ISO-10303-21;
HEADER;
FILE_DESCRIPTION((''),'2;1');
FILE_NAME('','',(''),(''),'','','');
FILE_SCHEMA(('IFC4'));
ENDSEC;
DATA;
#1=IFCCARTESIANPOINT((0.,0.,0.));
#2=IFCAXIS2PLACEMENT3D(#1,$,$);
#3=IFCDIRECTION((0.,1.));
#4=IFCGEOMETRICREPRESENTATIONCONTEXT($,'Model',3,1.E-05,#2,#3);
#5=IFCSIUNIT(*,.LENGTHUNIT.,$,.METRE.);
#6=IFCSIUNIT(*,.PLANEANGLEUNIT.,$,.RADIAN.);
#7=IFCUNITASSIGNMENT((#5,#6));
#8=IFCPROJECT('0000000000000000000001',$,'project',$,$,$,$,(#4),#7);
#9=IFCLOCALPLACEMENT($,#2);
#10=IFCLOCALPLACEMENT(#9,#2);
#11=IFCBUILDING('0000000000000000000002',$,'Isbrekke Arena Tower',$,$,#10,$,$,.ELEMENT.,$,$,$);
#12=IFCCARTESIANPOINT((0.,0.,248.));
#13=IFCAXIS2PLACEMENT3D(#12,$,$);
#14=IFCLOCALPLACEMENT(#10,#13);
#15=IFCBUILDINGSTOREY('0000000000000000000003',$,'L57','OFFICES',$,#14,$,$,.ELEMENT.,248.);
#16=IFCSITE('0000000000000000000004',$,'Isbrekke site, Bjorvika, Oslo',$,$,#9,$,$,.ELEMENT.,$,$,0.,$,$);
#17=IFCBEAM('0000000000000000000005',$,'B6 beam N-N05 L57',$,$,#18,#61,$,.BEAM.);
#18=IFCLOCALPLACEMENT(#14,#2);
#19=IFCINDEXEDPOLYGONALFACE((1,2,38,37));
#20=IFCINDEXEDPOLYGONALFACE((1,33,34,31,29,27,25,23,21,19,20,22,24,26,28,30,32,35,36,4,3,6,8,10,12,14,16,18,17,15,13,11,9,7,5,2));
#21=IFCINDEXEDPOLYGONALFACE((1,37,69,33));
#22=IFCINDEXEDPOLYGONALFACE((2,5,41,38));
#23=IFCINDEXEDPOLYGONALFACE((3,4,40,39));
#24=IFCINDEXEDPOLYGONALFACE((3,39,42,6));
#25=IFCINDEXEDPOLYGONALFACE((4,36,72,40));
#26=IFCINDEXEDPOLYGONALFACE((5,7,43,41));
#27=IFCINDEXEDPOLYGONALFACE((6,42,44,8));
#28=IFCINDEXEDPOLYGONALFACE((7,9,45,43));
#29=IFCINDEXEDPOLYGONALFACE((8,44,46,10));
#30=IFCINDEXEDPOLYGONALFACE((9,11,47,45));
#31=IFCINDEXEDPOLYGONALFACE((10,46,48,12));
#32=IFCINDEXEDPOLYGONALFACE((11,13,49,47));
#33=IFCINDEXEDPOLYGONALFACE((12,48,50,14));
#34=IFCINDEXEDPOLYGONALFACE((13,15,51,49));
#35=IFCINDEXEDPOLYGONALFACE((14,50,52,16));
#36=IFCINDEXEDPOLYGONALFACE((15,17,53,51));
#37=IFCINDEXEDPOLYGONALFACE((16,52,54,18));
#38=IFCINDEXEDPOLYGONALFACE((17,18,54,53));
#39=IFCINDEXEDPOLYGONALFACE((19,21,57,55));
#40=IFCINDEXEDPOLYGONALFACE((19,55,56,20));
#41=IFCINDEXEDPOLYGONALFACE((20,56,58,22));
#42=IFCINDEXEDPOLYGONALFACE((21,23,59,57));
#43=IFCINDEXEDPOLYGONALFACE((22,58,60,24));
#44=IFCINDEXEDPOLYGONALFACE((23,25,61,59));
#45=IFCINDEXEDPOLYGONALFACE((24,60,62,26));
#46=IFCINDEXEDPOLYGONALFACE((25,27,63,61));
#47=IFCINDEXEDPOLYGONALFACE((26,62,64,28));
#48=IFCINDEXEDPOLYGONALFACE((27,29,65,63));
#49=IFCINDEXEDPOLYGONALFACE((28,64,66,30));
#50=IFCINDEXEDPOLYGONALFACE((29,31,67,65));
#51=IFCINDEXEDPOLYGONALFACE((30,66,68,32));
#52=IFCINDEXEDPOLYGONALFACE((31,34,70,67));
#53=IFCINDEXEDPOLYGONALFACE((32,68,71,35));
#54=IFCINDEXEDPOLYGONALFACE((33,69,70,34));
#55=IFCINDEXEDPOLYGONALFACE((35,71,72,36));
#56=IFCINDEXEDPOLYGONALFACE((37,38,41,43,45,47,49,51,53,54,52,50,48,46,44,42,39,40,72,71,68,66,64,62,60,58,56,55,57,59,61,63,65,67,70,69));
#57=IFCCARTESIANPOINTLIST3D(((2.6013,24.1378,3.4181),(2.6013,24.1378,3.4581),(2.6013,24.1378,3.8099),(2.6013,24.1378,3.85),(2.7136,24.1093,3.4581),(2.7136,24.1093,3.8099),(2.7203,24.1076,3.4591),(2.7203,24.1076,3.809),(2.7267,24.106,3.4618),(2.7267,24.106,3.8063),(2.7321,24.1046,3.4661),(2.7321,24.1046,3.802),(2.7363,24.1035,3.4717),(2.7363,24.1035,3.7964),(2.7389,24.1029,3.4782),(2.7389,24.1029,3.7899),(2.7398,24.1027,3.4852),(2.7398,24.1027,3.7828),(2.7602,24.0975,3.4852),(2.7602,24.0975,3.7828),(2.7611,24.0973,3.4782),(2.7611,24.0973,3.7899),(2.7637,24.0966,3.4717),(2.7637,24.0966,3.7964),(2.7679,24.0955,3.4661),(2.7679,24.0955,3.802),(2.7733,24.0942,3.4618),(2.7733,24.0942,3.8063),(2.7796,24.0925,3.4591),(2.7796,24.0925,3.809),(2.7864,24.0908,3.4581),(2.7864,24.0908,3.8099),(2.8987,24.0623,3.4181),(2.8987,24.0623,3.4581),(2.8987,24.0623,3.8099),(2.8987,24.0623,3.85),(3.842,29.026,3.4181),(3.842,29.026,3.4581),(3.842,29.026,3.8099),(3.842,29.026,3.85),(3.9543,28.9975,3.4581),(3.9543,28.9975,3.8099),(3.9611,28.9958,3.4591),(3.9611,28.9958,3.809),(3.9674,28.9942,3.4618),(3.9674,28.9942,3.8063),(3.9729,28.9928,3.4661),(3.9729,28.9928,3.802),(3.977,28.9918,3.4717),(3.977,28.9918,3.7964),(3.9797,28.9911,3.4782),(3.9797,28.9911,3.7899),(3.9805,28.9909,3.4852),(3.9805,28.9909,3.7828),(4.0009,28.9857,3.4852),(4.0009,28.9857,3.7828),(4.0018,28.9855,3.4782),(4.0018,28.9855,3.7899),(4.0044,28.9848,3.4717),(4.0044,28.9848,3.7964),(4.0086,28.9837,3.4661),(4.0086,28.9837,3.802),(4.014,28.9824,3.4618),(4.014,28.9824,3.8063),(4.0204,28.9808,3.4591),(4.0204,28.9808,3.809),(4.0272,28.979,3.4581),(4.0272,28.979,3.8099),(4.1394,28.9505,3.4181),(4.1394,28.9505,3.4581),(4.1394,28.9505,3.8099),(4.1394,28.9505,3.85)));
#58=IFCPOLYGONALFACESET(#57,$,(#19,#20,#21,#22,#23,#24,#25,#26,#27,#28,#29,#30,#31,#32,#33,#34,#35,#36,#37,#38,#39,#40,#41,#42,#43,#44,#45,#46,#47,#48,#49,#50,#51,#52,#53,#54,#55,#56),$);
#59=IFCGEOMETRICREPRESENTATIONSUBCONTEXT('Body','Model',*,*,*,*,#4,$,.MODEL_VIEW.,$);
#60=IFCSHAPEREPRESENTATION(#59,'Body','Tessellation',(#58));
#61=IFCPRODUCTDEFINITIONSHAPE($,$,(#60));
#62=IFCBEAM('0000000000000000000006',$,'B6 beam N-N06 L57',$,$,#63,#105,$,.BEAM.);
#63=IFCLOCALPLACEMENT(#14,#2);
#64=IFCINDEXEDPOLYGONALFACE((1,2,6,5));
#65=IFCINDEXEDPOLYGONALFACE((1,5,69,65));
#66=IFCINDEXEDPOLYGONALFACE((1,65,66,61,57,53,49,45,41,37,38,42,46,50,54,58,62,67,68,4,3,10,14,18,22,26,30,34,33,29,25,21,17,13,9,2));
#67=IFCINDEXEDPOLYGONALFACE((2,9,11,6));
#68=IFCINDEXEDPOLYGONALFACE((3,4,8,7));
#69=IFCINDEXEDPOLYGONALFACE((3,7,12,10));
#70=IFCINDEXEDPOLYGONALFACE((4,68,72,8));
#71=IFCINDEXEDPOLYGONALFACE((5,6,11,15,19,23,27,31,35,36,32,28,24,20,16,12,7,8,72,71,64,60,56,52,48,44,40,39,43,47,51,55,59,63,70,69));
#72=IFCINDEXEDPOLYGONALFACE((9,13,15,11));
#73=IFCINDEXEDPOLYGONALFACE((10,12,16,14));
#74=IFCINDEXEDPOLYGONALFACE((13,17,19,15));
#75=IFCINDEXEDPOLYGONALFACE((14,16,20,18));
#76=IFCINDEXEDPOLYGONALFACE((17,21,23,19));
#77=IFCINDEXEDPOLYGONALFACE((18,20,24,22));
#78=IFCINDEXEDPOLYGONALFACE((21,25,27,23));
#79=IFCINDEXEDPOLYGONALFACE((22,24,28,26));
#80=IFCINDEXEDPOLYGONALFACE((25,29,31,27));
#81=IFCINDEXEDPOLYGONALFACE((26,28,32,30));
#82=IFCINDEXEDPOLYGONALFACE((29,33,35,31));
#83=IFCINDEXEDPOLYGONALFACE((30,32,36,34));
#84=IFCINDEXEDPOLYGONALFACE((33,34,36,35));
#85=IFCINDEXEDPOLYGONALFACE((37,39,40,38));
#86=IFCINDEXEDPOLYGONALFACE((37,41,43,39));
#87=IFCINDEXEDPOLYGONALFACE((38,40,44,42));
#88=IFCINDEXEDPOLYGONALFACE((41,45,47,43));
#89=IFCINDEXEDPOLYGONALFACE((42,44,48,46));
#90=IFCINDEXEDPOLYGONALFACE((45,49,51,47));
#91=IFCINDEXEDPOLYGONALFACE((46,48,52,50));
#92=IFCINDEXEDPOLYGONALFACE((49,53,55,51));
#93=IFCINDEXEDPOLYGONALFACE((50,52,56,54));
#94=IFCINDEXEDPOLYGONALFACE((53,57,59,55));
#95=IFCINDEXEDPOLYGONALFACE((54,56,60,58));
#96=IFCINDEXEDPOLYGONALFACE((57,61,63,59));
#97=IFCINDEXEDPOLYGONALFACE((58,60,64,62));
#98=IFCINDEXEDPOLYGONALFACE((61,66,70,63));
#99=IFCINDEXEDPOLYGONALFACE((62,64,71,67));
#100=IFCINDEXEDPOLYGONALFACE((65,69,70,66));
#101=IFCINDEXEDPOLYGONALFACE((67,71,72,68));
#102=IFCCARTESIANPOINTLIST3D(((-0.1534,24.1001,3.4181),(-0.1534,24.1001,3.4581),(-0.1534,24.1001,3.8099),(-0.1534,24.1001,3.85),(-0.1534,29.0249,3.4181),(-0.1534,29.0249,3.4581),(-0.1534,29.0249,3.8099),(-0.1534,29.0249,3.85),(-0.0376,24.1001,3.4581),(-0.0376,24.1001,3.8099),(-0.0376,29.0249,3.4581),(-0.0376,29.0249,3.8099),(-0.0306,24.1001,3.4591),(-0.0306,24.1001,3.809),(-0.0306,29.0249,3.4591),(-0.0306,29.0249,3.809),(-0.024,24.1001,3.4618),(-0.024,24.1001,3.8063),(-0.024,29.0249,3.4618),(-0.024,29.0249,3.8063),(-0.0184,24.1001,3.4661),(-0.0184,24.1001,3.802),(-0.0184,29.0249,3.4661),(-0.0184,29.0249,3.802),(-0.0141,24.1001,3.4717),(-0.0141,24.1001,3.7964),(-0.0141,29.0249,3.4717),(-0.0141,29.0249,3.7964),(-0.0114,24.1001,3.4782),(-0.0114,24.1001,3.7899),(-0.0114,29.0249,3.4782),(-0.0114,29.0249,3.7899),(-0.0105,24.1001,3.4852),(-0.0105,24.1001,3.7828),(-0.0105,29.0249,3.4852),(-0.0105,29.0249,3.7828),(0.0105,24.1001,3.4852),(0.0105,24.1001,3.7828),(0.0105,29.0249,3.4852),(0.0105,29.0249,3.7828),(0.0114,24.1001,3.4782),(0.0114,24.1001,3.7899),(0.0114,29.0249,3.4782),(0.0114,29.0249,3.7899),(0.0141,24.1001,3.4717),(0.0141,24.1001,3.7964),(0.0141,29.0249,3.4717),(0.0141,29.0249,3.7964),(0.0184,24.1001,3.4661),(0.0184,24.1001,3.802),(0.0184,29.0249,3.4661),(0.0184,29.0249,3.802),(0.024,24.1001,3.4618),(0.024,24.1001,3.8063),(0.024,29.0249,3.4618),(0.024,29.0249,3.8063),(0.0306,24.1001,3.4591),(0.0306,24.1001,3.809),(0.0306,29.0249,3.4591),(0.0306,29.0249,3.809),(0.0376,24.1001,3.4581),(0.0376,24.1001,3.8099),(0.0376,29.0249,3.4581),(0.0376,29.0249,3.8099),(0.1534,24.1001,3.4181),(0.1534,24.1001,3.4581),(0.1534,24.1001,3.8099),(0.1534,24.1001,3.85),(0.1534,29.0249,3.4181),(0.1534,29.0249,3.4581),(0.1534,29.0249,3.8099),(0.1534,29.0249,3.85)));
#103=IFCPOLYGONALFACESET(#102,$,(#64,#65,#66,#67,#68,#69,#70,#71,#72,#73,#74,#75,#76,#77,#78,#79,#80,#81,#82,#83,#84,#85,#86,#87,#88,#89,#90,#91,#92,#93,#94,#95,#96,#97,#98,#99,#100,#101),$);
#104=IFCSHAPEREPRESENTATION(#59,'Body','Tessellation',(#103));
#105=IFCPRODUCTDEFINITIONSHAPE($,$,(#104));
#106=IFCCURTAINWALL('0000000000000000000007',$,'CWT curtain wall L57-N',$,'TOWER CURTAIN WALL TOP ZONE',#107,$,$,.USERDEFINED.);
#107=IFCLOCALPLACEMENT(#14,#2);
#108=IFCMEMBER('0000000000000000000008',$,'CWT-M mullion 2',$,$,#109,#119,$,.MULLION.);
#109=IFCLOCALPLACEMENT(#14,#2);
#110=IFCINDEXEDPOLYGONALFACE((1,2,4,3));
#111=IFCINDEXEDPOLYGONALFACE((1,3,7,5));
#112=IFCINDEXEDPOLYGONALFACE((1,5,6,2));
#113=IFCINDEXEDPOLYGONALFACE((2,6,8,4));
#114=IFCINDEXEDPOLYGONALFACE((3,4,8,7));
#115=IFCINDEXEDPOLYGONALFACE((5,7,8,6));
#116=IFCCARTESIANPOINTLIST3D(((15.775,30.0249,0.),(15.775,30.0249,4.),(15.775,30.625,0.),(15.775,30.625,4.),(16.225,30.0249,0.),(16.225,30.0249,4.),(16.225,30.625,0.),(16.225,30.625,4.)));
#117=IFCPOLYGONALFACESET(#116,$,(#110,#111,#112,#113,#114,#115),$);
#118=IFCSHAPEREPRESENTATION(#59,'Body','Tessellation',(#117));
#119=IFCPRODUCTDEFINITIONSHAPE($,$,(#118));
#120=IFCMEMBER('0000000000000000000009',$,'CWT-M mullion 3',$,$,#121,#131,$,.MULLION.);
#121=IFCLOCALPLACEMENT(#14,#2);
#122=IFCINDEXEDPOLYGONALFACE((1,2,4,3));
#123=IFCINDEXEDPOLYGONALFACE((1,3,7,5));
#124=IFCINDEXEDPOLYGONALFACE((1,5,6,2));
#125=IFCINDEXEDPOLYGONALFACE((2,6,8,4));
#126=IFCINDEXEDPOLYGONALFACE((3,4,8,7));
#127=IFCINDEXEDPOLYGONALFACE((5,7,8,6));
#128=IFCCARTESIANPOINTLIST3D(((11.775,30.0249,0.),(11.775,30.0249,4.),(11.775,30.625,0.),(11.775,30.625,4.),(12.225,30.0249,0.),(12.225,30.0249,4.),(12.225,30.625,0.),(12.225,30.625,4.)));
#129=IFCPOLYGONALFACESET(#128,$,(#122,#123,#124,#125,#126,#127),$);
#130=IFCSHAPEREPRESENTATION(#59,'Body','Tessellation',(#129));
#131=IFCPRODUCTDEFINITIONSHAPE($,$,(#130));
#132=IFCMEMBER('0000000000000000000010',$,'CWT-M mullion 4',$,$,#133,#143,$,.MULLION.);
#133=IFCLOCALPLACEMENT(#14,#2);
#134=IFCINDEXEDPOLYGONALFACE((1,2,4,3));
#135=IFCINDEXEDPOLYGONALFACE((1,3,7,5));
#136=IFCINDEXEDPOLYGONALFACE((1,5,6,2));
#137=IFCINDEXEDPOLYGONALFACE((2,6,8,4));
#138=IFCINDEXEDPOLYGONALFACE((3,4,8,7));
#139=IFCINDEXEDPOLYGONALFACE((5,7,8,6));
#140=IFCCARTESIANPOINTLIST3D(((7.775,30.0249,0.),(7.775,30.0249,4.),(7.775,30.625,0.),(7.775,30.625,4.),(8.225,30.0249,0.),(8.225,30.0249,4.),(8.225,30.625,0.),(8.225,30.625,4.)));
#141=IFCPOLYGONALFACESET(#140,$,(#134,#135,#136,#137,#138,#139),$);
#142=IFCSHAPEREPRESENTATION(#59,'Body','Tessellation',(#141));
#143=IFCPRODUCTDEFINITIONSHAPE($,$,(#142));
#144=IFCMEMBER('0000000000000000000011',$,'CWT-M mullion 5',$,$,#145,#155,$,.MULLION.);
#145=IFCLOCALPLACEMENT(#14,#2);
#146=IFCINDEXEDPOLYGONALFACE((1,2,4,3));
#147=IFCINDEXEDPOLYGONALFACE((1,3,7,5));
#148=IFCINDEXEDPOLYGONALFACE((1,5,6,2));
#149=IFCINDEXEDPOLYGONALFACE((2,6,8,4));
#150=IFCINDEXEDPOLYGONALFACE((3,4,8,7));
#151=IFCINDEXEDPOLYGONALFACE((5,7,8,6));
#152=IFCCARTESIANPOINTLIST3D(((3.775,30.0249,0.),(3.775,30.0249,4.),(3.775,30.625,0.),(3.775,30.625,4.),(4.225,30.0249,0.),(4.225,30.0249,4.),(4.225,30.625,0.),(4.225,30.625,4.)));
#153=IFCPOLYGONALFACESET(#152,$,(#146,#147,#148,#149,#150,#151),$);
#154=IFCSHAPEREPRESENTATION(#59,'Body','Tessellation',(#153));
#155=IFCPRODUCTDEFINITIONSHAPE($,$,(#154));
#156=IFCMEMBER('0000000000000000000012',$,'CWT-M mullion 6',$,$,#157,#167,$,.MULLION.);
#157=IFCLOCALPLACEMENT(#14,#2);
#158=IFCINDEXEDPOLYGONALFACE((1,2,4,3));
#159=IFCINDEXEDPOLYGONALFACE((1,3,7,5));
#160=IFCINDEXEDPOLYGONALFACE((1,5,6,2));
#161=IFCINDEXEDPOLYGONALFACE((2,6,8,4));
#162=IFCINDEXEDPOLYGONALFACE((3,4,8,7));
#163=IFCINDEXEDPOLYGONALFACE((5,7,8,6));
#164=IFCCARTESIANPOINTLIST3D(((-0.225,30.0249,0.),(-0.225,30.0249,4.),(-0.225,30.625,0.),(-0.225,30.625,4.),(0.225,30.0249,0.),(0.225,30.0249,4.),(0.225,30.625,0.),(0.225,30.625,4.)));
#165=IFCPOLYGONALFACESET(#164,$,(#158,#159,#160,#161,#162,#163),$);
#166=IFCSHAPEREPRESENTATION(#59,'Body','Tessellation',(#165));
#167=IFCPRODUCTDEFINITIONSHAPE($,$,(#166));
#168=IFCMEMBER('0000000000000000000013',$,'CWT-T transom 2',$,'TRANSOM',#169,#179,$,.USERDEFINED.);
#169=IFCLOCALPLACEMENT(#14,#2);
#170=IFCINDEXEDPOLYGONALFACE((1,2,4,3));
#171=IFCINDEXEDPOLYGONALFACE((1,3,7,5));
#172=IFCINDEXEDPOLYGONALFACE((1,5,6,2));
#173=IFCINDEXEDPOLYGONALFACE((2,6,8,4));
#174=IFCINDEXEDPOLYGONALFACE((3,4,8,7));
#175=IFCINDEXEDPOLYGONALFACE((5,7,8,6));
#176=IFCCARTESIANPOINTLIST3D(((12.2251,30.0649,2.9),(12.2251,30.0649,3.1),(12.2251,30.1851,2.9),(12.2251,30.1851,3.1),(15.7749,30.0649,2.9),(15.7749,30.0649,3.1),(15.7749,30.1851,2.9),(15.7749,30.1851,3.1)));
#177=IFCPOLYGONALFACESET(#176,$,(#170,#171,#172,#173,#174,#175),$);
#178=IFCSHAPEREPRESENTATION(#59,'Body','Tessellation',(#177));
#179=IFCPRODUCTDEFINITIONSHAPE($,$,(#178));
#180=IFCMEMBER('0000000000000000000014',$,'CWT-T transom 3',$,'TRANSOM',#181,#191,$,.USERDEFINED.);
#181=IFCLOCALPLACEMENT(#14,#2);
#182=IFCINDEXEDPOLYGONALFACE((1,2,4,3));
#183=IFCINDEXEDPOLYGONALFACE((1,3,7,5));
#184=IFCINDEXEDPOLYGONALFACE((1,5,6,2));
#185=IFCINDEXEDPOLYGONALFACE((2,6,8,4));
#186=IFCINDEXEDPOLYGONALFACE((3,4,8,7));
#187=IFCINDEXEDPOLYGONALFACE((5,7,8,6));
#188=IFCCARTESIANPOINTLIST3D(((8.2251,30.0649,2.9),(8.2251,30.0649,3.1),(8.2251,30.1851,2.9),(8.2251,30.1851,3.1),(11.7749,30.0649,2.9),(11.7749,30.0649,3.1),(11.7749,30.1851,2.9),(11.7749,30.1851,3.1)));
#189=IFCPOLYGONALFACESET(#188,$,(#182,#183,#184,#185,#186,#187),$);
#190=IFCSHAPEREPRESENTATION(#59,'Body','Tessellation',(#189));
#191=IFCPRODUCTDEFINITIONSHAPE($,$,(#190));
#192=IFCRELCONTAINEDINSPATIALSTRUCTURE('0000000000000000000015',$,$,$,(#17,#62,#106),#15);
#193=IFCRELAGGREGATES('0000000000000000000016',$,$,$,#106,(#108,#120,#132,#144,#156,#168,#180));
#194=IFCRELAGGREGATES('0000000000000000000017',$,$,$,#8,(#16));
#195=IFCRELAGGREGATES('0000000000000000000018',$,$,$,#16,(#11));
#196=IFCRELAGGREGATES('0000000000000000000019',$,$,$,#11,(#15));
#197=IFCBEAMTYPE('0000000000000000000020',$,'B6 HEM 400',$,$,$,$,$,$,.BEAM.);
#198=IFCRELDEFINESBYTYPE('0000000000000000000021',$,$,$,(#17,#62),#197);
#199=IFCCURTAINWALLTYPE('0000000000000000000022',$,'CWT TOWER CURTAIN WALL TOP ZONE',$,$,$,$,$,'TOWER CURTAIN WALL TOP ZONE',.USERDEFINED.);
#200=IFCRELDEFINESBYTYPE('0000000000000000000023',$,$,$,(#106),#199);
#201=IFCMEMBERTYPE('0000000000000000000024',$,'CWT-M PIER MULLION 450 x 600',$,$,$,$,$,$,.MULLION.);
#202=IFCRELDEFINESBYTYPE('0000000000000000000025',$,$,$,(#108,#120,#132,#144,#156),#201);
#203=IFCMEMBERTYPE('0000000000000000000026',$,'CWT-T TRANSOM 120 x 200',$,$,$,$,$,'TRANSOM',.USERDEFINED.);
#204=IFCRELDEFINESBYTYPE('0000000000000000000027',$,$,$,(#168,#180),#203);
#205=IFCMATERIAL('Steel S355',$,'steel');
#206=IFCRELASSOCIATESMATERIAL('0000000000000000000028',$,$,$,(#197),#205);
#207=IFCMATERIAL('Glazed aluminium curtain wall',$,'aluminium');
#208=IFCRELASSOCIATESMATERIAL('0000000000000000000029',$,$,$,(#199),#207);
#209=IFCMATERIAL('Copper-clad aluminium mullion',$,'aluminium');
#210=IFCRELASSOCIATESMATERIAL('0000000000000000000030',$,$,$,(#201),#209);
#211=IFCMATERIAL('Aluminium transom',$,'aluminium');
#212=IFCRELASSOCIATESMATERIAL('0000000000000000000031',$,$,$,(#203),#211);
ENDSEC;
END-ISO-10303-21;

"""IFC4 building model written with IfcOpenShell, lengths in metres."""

from ifc_helpers import new_model, si_unit, direction, frame, origin, origin_2d, place, context, subcontext, project, spatial, rectangle, i_section, extrude, material, material_profile, profile_set, type_object, element, aggregate, save


model = new_model("IFC4")

# Units and contexts
model_context = context("Model", 3, precision=1e-05, world=origin(), true_north=direction((0.0, 1.0)))
body_context = subcontext(model_context, "Body", "Model", "MODEL_VIEW")
ifc_project = project(units=[si_unit("LENGTHUNIT", "METRE"), si_unit("PLANEANGLEUNIT", "RADIAN")], contexts=[model_context])

# Site, building, storey
site_placement = place(None, origin())
site = spatial("IfcSite", under=ifc_project, at=site_placement, Name="Isbrekke site, Bjorvika, Oslo", CompositionType="ELEMENT", RefElevation=0.0)
building_placement = place(site_placement, origin())
building = spatial("IfcBuilding", under=site, at=building_placement, Name="Isbrekke Arena Tower", CompositionType="ELEMENT")
storey_placement = place(building_placement, frame((0.0, 0.0, 248.0)))
storey = spatial("IfcBuildingStorey", under=building, at=storey_placement, Name="L57", Description="OFFICES", CompositionType="ELEMENT", Elevation=248.0)

# Beams
ifc_material_1 = material(Name="Steel S355", Category="steel")
ifc_material_profile_1 = material_profile(ifc_material_1, i_section(OverallWidth=0.3069, OverallDepth=0.4319, WebThickness=0.021, FlangeThickness=0.04, FilletRadius=0.0271, at=origin_2d()), Name="HEM 400")
ifc_profile_set_1 = profile_set([ifc_material_profile_1], Name="Steel S355")
beam_type_1 = type_object("IfcBeamType", Name="B6 HEM 400", PredefinedType="BEAM", material=ifc_profile_set_1)
beam_1_placement = place(storey_placement, frame((3.9907, 28.9883, 3.634), z_axis=(-0.24602, -0.969265, 0.0), x_axis=(0.969265, -0.24602, 0.0)))
element("IfcBeam", 1, at=beam_1_placement, inside=storey, type_object=beam_type_1, Name="B6 beam N-N05 L57", PredefinedType="BEAM", context=body_context, shape_type="SweptSolid", body=[
    extrude(i_section(OverallWidth=0.3069, OverallDepth=0.4319, WebThickness=0.021, FlangeThickness=0.04, FilletRadius=0.0271, at=origin_2d()), origin(), (0.0, 0.0, 1.0), 5.0432),
])
beam_2_placement = place(storey_placement, frame((0.0, 29.0249, 3.634), z_axis=(0.0, -1.0, 0.0), x_axis=(1.0, 0.0, 0.0)))
element("IfcBeam", 2, at=beam_2_placement, inside=storey, type_object=beam_type_1, Name="B6 beam N-N06 L57", PredefinedType="BEAM", context=body_context, shape_type="SweptSolid", body=[
    extrude(i_section(OverallWidth=0.3069, OverallDepth=0.4319, WebThickness=0.021, FlangeThickness=0.04, FilletRadius=0.0271, at=origin_2d()), origin(), (0.0, 0.0, 1.0), 4.9248),
])

# Curtain wall, members
ifc_material_2 = material(Name="Glazed aluminium curtain wall", Category="aluminium")
curtain_wall_type = type_object("IfcCurtainWallType", Name="CWT TOWER CURTAIN WALL TOP ZONE", ElementType="TOWER CURTAIN WALL TOP ZONE", PredefinedType="USERDEFINED", material=ifc_material_2)
curtain_wall_placement = place(storey_placement, origin())
curtain_wall = element("IfcCurtainWall", 3, at=curtain_wall_placement, inside=storey, type_object=curtain_wall_type, Name="CWT curtain wall L57-N", ObjectType="TOWER CURTAIN WALL TOP ZONE", PredefinedType="USERDEFINED")
ifc_material_3 = material(Name="Copper-clad aluminium mullion", Category="aluminium")
ifc_material_profile_2 = material_profile(ifc_material_3, rectangle(XDim=0.45, YDim=0.6001, at=origin_2d()), Name="PIER 450X600")
ifc_profile_set_2 = profile_set([ifc_material_profile_2], Name="Copper-clad aluminium mullion")
member_type_1 = type_object("IfcMemberType", Name="CWT-M PIER MULLION 450 x 600", PredefinedType="MULLION", material=ifc_profile_set_2)
member_1_placement = place(storey_placement, frame((16.0, 30.325, 0.0), z_axis=(0.0, 0.0, 1.0), x_axis=(-1.0, 0.0, 0.0)))
member_1 = element("IfcMember", 4, at=member_1_placement, type_object=member_type_1, Name="CWT-M mullion 2", PredefinedType="MULLION", context=body_context, shape_type="SweptSolid", body=[
    extrude(rectangle(XDim=0.45, YDim=0.6001, at=origin_2d()), origin(), (0.0, 0.0, 1.0), 4.0),
])
member_2_placement = place(storey_placement, frame((12.0, 30.325, 0.0), z_axis=(0.0, 0.0, 1.0), x_axis=(-1.0, 0.0, 0.0)))
member_2 = element("IfcMember", 5, at=member_2_placement, type_object=member_type_1, Name="CWT-M mullion 3", PredefinedType="MULLION", context=body_context, shape_type="SweptSolid", body=[
    extrude(rectangle(XDim=0.45, YDim=0.6001, at=origin_2d()), origin(), (0.0, 0.0, 1.0), 4.0),
])
member_3_placement = place(storey_placement, frame((8.0, 30.325, 0.0), z_axis=(0.0, 0.0, 1.0), x_axis=(-1.0, 0.0, 0.0)))
member_3 = element("IfcMember", 6, at=member_3_placement, type_object=member_type_1, Name="CWT-M mullion 4", PredefinedType="MULLION", context=body_context, shape_type="SweptSolid", body=[
    extrude(rectangle(XDim=0.45, YDim=0.6001, at=origin_2d()), origin(), (0.0, 0.0, 1.0), 4.0),
])
member_4_placement = place(storey_placement, frame((4.0, 30.325, 0.0), z_axis=(0.0, 0.0, 1.0), x_axis=(-1.0, 0.0, 0.0)))
member_4 = element("IfcMember", 7, at=member_4_placement, type_object=member_type_1, Name="CWT-M mullion 5", PredefinedType="MULLION", context=body_context, shape_type="SweptSolid", body=[
    extrude(rectangle(XDim=0.45, YDim=0.6001, at=origin_2d()), origin(), (0.0, 0.0, 1.0), 4.0),
])
member_5_placement = place(storey_placement, frame((0.0, 30.325, 0.0), z_axis=(0.0, 0.0, 1.0), x_axis=(-1.0, 0.0, 0.0)))
member_5 = element("IfcMember", 8, at=member_5_placement, type_object=member_type_1, Name="CWT-M mullion 6", PredefinedType="MULLION", context=body_context, shape_type="SweptSolid", body=[
    extrude(rectangle(XDim=0.45, YDim=0.6001, at=origin_2d()), origin(), (0.0, 0.0, 1.0), 4.0),
])
ifc_material_4 = material(Name="Aluminium transom", Category="aluminium")
ifc_material_profile_3 = material_profile(ifc_material_4, rectangle(XDim=0.1201, YDim=0.2, at=origin_2d()), Name="TRANSOM 120X200")
ifc_profile_set_3 = profile_set([ifc_material_profile_3], Name="Aluminium transom")
member_type_2 = type_object("IfcMemberType", Name="CWT-T TRANSOM 120 x 200", ElementType="TRANSOM", PredefinedType="USERDEFINED", material=ifc_profile_set_3)
member_6_placement = place(storey_placement, frame((15.7749, 30.125, 3.0), z_axis=(-1.0, 0.0, 0.0), x_axis=(0.0, -1.0, 0.0)))
member_6 = element("IfcMember", 9, at=member_6_placement, type_object=member_type_2, Name="CWT-T transom 2", ObjectType="TRANSOM", PredefinedType="USERDEFINED", context=body_context, shape_type="SweptSolid", body=[
    extrude(rectangle(XDim=0.1201, YDim=0.2, at=origin_2d()), origin(), (0.0, 0.0, 1.0), 3.5498),
])
member_7_placement = place(storey_placement, frame((11.7749, 30.125, 3.0), z_axis=(-1.0, 0.0, 0.0), x_axis=(0.0, -1.0, 0.0)))
member_7 = element("IfcMember", 10, at=member_7_placement, type_object=member_type_2, Name="CWT-T transom 3", ObjectType="TRANSOM", PredefinedType="USERDEFINED", context=body_context, shape_type="SweptSolid", body=[
    extrude(rectangle(XDim=0.1201, YDim=0.2, at=origin_2d()), origin(), (0.0, 0.0, 1.0), 3.5498),
])

aggregate(curtain_wall, [member_1, member_2, member_3, member_4, member_5, member_6, member_7])

save(model, "model.ifc")
